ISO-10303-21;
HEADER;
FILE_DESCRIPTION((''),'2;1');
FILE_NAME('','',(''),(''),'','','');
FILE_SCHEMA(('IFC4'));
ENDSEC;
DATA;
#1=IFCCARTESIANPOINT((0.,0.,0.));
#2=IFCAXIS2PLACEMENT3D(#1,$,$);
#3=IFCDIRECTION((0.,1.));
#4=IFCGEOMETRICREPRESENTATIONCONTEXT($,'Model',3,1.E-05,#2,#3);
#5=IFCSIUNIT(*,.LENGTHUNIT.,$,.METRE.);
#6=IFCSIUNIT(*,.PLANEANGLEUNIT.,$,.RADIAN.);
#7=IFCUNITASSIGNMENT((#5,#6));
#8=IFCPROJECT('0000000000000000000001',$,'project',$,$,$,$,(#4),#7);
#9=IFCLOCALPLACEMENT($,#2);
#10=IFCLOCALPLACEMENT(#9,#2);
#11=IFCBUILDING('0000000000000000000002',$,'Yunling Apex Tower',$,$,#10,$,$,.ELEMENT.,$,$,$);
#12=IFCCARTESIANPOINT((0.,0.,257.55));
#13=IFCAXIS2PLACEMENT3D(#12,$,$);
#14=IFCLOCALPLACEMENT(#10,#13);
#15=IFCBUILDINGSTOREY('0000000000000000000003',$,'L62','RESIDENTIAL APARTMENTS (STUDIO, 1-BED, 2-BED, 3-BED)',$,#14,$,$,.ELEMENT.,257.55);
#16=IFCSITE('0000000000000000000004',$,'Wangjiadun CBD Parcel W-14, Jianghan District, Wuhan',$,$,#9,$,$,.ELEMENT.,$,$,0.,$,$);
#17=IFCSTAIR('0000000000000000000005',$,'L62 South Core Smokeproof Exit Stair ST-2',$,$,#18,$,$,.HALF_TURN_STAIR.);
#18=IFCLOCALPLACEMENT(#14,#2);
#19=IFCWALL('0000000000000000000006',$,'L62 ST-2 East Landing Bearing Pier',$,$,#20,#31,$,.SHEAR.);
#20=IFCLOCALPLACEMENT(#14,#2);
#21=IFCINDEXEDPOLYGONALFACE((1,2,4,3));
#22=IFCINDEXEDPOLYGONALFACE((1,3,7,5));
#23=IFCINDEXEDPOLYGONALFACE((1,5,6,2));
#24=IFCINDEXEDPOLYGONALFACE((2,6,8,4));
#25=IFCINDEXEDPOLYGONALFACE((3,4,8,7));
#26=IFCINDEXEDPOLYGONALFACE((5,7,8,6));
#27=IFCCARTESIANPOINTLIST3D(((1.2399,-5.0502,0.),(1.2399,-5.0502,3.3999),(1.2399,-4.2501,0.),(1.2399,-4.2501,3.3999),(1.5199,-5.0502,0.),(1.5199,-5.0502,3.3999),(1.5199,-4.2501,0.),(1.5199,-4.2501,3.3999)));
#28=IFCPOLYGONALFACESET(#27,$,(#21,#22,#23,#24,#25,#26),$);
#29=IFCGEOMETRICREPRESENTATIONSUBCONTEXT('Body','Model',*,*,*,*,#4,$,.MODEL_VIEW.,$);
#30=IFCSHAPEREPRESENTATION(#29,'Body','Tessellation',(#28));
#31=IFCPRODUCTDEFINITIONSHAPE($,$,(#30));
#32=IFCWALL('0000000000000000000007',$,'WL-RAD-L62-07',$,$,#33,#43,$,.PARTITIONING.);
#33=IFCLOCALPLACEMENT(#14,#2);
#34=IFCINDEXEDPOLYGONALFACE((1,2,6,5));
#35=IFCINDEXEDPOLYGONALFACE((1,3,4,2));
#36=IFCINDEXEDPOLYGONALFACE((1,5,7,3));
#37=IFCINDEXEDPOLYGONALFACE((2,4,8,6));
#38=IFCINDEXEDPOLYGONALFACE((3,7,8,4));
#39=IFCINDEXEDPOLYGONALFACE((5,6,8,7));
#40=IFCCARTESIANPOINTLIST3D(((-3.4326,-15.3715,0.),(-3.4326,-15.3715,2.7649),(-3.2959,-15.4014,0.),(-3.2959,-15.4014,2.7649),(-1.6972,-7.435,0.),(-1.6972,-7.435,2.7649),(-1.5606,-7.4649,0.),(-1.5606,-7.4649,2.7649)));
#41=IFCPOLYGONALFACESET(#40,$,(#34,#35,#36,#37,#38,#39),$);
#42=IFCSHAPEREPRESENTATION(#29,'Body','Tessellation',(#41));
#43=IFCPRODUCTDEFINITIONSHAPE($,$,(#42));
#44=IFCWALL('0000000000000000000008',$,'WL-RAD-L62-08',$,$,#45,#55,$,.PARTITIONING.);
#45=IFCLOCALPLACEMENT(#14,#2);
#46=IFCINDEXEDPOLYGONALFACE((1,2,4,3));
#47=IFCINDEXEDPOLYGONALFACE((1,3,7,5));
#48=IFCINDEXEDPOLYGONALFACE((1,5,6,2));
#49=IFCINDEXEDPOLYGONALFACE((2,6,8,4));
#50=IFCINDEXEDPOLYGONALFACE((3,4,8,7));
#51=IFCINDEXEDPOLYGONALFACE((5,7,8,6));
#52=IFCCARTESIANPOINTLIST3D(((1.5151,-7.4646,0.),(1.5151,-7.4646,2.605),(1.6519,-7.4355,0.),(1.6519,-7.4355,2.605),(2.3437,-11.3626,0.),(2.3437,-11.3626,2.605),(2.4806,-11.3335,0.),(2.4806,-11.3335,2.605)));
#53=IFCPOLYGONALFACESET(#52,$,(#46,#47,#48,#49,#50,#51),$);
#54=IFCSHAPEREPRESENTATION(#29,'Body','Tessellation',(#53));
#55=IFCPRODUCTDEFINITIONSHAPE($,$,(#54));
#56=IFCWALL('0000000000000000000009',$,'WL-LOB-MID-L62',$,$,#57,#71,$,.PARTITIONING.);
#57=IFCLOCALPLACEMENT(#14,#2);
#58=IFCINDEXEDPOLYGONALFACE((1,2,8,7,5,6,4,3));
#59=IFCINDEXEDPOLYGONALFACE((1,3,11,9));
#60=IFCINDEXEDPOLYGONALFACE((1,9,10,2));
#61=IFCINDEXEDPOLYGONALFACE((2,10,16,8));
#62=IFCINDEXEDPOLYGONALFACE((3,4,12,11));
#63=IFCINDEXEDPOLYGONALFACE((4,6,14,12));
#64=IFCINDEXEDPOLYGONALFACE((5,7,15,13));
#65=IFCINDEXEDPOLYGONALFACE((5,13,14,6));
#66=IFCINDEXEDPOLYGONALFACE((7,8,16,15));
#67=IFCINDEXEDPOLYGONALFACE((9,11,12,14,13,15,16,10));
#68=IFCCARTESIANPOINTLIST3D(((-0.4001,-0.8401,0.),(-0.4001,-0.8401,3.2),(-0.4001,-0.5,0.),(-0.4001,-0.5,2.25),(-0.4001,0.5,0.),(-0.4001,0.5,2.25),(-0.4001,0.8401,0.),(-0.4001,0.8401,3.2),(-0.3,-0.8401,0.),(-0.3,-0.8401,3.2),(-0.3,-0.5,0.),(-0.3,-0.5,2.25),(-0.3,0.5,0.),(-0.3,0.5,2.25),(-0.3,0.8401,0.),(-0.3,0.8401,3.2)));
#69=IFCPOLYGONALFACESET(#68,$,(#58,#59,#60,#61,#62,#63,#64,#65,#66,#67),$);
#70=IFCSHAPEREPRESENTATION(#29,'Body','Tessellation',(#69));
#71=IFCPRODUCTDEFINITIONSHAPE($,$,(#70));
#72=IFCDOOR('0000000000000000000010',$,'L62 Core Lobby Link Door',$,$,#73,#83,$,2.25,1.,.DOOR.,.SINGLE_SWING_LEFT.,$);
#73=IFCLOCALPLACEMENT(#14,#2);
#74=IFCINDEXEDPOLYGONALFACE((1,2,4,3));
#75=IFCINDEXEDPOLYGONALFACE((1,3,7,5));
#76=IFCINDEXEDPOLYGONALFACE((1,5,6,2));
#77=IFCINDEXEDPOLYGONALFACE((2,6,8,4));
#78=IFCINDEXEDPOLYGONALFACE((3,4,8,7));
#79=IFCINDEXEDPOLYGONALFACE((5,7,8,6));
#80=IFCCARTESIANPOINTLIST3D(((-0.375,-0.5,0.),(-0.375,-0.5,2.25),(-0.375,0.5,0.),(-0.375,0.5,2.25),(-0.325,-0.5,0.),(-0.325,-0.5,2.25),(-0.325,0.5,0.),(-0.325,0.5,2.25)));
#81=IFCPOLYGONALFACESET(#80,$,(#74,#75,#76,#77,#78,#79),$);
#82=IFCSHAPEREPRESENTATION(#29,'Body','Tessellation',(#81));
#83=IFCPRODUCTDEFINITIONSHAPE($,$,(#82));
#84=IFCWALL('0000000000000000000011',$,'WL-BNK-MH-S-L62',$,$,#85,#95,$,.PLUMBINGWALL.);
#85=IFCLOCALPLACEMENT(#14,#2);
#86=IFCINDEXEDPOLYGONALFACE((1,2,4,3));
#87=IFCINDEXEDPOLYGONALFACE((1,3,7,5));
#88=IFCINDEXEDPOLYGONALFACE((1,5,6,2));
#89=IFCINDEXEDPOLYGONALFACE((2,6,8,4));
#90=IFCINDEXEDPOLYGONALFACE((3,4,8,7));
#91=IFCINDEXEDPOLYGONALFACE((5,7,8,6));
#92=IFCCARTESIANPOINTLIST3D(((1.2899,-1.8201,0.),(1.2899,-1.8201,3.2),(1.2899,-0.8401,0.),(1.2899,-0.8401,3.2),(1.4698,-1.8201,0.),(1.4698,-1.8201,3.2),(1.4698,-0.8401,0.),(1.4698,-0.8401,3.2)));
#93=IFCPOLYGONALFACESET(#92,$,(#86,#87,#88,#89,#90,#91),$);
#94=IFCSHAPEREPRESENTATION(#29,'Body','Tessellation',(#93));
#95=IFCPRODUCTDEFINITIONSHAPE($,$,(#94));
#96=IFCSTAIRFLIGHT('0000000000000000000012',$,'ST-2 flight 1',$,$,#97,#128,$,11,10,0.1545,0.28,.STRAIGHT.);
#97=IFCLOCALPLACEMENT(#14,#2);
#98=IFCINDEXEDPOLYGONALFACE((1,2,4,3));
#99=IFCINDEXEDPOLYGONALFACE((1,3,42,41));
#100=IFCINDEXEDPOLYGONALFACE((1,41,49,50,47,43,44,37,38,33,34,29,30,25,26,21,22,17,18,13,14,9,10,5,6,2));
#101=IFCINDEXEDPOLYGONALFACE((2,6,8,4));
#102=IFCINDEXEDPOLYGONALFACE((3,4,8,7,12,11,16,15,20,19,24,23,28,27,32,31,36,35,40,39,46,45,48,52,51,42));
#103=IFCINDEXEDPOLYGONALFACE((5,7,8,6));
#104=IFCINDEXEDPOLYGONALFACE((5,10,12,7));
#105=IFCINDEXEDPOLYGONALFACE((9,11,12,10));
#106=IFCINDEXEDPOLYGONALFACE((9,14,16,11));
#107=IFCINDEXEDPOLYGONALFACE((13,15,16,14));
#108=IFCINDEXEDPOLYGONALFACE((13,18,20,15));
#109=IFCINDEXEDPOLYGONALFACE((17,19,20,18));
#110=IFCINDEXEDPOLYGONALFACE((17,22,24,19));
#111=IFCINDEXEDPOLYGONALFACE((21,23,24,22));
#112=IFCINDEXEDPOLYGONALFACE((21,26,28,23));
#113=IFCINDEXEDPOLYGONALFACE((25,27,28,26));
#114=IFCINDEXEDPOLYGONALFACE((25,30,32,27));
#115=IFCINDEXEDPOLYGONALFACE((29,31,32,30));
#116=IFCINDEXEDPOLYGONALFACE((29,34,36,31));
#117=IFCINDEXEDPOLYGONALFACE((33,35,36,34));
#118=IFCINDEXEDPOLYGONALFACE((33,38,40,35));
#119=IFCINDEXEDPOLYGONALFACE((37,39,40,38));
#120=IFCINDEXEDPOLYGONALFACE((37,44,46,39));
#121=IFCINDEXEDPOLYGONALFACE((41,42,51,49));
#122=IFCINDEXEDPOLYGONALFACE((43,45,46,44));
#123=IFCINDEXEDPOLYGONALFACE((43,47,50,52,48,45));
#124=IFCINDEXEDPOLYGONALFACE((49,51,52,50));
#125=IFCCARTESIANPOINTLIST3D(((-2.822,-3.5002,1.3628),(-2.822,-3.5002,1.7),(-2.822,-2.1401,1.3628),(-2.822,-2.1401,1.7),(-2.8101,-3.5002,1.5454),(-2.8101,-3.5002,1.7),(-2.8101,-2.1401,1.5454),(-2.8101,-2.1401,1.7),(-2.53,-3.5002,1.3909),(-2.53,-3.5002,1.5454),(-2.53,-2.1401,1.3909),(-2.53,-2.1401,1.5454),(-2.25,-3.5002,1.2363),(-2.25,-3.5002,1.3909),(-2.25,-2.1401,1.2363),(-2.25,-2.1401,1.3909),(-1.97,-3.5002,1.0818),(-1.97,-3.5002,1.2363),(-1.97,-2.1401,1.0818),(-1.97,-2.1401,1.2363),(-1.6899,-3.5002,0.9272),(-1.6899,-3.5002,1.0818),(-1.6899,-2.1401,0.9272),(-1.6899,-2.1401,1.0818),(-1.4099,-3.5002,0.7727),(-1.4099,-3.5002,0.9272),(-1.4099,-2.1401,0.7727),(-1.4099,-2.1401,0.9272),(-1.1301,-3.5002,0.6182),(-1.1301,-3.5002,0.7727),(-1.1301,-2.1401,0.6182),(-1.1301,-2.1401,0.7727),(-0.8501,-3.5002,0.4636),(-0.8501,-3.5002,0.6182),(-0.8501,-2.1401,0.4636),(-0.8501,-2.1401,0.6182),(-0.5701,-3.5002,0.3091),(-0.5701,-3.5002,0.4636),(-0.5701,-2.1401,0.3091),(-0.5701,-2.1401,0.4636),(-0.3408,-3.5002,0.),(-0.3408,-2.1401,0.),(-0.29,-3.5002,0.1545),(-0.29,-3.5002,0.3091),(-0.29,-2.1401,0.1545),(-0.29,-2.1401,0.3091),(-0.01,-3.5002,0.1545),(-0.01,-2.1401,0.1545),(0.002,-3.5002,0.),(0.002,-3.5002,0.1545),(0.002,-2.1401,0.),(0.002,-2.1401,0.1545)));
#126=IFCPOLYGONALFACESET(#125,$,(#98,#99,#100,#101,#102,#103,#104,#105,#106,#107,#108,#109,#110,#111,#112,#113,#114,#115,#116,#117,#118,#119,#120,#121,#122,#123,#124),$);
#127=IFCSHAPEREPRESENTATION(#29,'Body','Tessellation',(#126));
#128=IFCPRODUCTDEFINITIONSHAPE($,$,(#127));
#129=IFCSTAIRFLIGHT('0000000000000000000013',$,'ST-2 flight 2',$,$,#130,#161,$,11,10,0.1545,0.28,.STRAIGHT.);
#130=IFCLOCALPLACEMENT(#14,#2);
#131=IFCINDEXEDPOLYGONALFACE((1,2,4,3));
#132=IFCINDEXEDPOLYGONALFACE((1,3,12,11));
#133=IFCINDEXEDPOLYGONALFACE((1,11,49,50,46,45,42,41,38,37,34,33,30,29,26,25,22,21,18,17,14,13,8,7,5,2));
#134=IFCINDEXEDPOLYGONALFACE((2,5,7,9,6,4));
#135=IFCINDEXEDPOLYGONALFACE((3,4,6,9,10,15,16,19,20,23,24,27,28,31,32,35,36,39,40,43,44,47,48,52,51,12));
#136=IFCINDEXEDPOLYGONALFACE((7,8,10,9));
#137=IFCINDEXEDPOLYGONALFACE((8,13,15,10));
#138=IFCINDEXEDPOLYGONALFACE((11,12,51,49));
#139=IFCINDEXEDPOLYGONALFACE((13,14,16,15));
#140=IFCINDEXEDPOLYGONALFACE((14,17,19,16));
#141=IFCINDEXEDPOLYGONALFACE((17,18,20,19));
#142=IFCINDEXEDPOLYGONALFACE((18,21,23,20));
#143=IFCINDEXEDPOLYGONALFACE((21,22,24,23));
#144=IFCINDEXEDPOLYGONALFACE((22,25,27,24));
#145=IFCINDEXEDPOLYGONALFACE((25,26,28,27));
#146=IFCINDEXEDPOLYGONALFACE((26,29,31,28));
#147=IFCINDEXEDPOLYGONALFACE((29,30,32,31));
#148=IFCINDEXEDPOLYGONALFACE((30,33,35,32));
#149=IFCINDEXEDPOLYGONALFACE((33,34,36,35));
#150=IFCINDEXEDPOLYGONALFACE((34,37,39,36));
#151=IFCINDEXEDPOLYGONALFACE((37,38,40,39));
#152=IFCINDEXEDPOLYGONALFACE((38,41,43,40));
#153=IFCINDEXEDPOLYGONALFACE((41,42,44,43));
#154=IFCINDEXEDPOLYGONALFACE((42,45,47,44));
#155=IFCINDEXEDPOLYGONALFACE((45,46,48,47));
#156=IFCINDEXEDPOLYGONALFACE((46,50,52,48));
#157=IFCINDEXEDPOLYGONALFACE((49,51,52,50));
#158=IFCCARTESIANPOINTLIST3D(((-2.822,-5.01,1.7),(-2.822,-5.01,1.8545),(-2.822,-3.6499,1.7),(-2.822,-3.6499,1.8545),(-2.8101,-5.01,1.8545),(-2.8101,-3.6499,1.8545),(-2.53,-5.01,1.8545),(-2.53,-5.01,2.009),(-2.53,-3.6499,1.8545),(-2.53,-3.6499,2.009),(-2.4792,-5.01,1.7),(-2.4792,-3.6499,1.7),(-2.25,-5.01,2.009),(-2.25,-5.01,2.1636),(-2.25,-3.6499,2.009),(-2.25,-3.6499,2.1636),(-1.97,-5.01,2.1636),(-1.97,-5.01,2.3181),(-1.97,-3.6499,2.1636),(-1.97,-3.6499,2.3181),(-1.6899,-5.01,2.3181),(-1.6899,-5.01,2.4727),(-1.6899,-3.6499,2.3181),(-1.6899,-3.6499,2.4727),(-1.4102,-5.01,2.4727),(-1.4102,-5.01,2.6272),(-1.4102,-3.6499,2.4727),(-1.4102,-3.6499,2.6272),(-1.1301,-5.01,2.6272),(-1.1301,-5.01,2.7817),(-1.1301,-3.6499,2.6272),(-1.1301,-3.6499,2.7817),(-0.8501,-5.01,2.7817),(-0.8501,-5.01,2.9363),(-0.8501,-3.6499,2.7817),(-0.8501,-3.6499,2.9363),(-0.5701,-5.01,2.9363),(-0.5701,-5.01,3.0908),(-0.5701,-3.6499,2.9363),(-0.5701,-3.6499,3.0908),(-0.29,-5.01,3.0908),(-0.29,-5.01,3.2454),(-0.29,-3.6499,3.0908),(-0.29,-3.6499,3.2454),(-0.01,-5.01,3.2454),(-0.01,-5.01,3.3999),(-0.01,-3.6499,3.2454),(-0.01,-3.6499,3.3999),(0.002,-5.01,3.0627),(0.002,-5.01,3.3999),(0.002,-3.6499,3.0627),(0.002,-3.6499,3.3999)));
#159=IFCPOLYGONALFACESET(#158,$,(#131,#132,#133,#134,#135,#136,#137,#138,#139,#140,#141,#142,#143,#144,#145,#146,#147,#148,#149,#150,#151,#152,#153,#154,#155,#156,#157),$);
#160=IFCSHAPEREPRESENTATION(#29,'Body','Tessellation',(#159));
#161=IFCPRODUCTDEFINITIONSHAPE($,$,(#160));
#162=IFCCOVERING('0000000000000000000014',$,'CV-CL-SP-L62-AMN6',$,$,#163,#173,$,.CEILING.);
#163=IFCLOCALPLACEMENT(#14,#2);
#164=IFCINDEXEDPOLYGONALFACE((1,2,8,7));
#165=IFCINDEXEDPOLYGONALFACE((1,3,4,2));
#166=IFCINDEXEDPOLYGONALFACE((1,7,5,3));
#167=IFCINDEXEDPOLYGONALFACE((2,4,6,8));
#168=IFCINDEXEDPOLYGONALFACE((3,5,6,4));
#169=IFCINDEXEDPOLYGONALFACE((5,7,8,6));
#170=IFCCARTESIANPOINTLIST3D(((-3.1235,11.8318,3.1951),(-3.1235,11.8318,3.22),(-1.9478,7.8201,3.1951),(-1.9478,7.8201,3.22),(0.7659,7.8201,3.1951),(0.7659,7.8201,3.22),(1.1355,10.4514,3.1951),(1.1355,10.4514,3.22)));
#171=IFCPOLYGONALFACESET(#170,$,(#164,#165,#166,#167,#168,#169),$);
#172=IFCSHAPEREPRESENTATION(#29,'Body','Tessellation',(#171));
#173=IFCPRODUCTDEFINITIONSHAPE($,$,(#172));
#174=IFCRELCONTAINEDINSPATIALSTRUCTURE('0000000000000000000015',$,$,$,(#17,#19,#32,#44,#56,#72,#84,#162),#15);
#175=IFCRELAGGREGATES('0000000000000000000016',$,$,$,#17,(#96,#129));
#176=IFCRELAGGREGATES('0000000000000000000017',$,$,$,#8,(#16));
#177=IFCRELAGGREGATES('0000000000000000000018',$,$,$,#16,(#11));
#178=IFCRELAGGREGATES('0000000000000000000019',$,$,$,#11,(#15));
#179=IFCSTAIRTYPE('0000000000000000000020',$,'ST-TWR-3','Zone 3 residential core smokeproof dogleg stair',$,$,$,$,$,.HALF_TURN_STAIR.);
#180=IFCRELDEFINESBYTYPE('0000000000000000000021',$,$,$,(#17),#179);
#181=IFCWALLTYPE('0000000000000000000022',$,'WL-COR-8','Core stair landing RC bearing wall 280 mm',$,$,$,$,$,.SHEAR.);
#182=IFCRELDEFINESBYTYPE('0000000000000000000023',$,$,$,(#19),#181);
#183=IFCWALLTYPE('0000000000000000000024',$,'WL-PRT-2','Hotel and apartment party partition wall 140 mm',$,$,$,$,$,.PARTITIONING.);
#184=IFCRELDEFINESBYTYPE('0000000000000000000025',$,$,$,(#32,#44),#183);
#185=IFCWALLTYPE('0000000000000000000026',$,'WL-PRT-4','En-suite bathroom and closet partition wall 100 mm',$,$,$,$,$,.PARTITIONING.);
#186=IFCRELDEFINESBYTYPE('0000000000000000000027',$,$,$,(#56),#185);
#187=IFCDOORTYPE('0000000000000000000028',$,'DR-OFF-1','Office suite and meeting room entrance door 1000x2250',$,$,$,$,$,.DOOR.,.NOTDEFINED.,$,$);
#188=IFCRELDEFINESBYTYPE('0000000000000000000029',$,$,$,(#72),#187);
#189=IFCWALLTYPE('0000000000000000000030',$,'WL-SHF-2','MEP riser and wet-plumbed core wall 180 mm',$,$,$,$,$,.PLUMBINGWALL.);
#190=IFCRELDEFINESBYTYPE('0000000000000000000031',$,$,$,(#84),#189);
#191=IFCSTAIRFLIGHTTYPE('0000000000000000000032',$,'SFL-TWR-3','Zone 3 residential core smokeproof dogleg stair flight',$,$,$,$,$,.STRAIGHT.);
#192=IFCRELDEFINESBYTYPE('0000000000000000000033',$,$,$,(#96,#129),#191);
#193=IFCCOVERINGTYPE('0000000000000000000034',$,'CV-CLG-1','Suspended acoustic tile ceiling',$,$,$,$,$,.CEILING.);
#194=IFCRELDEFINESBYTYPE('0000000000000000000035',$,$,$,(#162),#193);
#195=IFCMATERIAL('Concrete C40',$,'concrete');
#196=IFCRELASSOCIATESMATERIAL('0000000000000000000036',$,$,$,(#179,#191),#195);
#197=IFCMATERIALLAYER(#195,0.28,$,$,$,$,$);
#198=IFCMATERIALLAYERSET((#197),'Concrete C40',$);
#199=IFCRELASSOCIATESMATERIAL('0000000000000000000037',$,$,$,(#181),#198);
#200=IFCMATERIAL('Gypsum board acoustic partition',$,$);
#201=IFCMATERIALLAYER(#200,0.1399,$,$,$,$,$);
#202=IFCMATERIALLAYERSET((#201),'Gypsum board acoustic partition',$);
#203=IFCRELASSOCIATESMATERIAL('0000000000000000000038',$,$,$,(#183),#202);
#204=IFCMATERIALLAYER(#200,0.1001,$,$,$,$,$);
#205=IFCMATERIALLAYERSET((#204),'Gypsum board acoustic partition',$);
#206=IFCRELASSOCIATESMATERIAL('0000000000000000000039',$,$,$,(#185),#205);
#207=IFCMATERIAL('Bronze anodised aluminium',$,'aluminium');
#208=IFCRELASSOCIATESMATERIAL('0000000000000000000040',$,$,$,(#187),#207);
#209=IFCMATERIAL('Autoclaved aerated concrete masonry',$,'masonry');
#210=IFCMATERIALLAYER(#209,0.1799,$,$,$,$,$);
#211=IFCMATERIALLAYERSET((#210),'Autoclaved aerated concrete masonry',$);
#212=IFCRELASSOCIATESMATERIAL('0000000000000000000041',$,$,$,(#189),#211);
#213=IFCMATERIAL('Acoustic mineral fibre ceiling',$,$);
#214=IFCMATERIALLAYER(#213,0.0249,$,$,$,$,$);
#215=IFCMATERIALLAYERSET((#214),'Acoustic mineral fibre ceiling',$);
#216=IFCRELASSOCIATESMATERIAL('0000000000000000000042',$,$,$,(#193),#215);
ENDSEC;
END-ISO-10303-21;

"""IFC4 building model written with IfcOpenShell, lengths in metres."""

from ifc_helpers import new_model, si_unit, direction, frame, frame_2d, origin, place, context, subcontext, project, spatial, polyline, rectangle, outline, extrude, material, layer, layer_set, type_object, element, fill, aggregate, save


model = new_model("IFC4")

# Units and contexts
model_context = context("Model", 3, precision=1e-05, world=origin(), true_north=direction((0.0, 1.0)))
body_context = subcontext(model_context, "Body", "Model", "MODEL_VIEW")
ifc_project = project(units=[si_unit("LENGTHUNIT", "METRE"), si_unit("PLANEANGLEUNIT", "RADIAN")], contexts=[model_context])

# Site, building, storey
site_placement = place(None, origin())
site = spatial("IfcSite", under=ifc_project, at=site_placement, Name="Wangjiadun CBD Parcel W-14, Jianghan District, Wuhan", CompositionType="ELEMENT", RefElevation=0.0)
building_placement = place(site_placement, origin())
building = spatial("IfcBuilding", under=site, at=building_placement, Name="Yunling Apex Tower", CompositionType="ELEMENT")
storey_placement = place(building_placement, frame((0.0, 0.0, 257.55)))
storey = spatial("IfcBuildingStorey", under=building, at=storey_placement, Name="L62", Description="RESIDENTIAL APARTMENTS (STUDIO, 1-BED, 2-BED, 3-BED)", CompositionType="ELEMENT", Elevation=257.55)

# Shared definitions
ifc_material_1 = material(Name="Bronze anodised aluminium", Category="aluminium")

# Shared definitions
ifc_material_2 = material(Name="Concrete C40", Category="concrete")

# Stair
stair_type = type_object("IfcStairType", Name="ST-TWR-3", Description="Zone 3 residential core smokeproof dogleg stair", PredefinedType="HALF_TURN_STAIR", material=ifc_material_2)
stair_1_placement = place(storey_placement, origin())
stair_1 = element("IfcStair", 1, at=stair_1_placement, inside=storey, type_object=stair_type, Name="L62 South Core Smokeproof Exit Stair ST-2", PredefinedType="HALF_TURN_STAIR")

# Walls
ifc_layer_1 = layer(ifc_material_2, 0.28)
ifc_layer_set_1 = layer_set([ifc_layer_1], Name="Concrete C40")
wall_type_1 = type_object("IfcWallType", Name="WL-COR-8", Description="Core stair landing RC bearing wall 280 mm", PredefinedType="SHEAR", material=ifc_layer_set_1)
wall_1_placement = place(storey_placement, frame((1.3799, -5.05, 0.0), z_axis=(0.0, 0.0, 1.0), x_axis=(0.0, 1.0, 0.0)))
element("IfcWall", 2, at=wall_1_placement, inside=storey, type_object=wall_type_1, Name="L62 ST-2 East Landing Bearing Pier", PredefinedType="SHEAR", context=body_context, shape_type="SweptSolid", body=[
    extrude(rectangle(XDim=0.8, YDim=0.28, at=frame_2d((0.3999, 0.0))), origin(), (0.0, 0.0, 1.0), 3.3999),
])
ifc_material_3 = material(Name="Gypsum board acoustic partition")
ifc_layer_2 = layer(ifc_material_3, 0.1399)
ifc_layer_set_2 = layer_set([ifc_layer_2], Name="Gypsum board acoustic partition")
wall_type_2 = type_object("IfcWallType", Name="WL-PRT-2", Description="Hotel and apartment party partition wall 140 mm", PredefinedType="PARTITIONING", material=ifc_layer_set_2)
wall_2_placement = place(storey_placement, frame((-1.6289, -7.45, 0.0), z_axis=(0.0, 0.0, 1.0), x_axis=(-0.213607, -0.97692, 0.0)))
element("IfcWall", 3, at=wall_2_placement, inside=storey, type_object=wall_type_2, Name="WL-RAD-L62-07", PredefinedType="PARTITIONING", context=body_context, shape_type="SweptSolid", body=[
    extrude(rectangle(XDim=8.124, YDim=0.1399, at=frame_2d((4.062, 0.0))), origin(), (0.0, 0.0, 1.0), 2.7649),
])
wall_3_placement = place(storey_placement, frame((1.5835, -7.45, 0.0), z_axis=(0.0, 0.0, 1.0), x_axis=(0.207931, -0.978144, 0.0)))
element("IfcWall", 4, at=wall_3_placement, inside=storey, type_object=wall_type_2, Name="WL-RAD-L62-08", PredefinedType="PARTITIONING", context=body_context, shape_type="SweptSolid", body=[
    extrude(rectangle(XDim=3.9851, YDim=0.1399, at=frame_2d((1.9927, 0.0))), origin(), (0.0, 0.0, 1.0), 2.605),
])

# Wall, opening, door
ifc_layer_3 = layer(ifc_material_3, 0.1001)
ifc_layer_set_3 = layer_set([ifc_layer_3], Name="Gypsum board acoustic partition")
wall_type_3 = type_object("IfcWallType", Name="WL-PRT-4", Description="En-suite bathroom and closet partition wall 100 mm", PredefinedType="PARTITIONING", material=ifc_layer_set_3)
wall_4_placement = place(storey_placement, frame((-0.3501, -0.8401, 0.0), z_axis=(0.0, 0.0, 1.0), x_axis=(0.0, 1.0, 0.0)))
wall_4 = element("IfcWall", 5, at=wall_4_placement, inside=storey, type_object=wall_type_3, Name="WL-LOB-MID-L62", PredefinedType="PARTITIONING", context=body_context, shape_type="SweptSolid", body=[
    extrude(rectangle(XDim=1.6802, YDim=0.1001, at=frame_2d((0.8401, 0.0))), origin(), (0.0, 0.0, 1.0), 3.2),
])
opening_1_placement = place(wall_4_placement, frame((0.3401, 0.0, 0.0)))
opening_1 = element("IfcOpeningElement", 6, at=opening_1_placement, cuts=wall_4, PredefinedType="OPENING", context=body_context, shape_type="SweptSolid", body=[
    extrude(rectangle(XDim=1.0, YDim=2.25, at=frame_2d((0.5, 1.125))), frame((0.0, 0.0601, 0.0), z_axis=(0.0, -1.0, 0.0), x_axis=(1.0, 0.0, 0.0)), (0.0, 0.0, 1.0), 0.1201),
])
door_type_1 = type_object("IfcDoorType", Name="DR-OFF-1", Description="Office suite and meeting room entrance door 1000x2250", OperationType="NOTDEFINED", PredefinedType="DOOR", material=ifc_material_1)
door_1_placement = place(opening_1_placement, origin())
door_1 = element("IfcDoor", 7, at=door_1_placement, inside=storey, type_object=door_type_1, Name="L62 Core Lobby Link Door", OperationType="SINGLE_SWING_LEFT", OverallHeight=2.25, OverallWidth=1.0, PredefinedType="DOOR", context=body_context, shape_type="SweptSolid", body=[
    extrude(rectangle(XDim=1.0, YDim=2.25, at=frame_2d((0.5, 1.125))), frame((0.0, 0.0249, 0.0), z_axis=(0.0, -1.0, 0.0), x_axis=(1.0, 0.0, 0.0)), (0.0, 0.0, 1.0), 0.05),
])
fill(opening_1, door_1)
ifc_material_4 = material(Name="Autoclaved aerated concrete masonry", Category="masonry")

# Wall
ifc_layer_4 = layer(ifc_material_4, 0.1799)
ifc_layer_set_4 = layer_set([ifc_layer_4], Name="Autoclaved aerated concrete masonry")
wall_type_4 = type_object("IfcWallType", Name="WL-SHF-2", Description="MEP riser and wet-plumbed core wall 180 mm", PredefinedType="PLUMBINGWALL", material=ifc_layer_set_4)
wall_5_placement = place(storey_placement, frame((1.3799, -1.8201, 0.0), z_axis=(0.0, 0.0, 1.0), x_axis=(0.0, 1.0, 0.0)))
element("IfcWall", 8, at=wall_5_placement, inside=storey, type_object=wall_type_4, Name="WL-BNK-MH-S-L62", PredefinedType="PLUMBINGWALL", context=body_context, shape_type="SweptSolid", body=[
    extrude(rectangle(XDim=0.98, YDim=0.1799, at=frame_2d((0.49, 0.0))), origin(), (0.0, 0.0, 1.0), 3.2),
])

# Stair flights
stair_flight_type = type_object("IfcStairFlightType", Name="SFL-TWR-3", Description="Zone 3 residential core smokeproof dogleg stair flight", PredefinedType="STRAIGHT", material=ifc_material_2)
stair_flight_1_placement = place(storey_placement, frame((-0.01, -2.8201, 0.0), z_axis=(0.0, 0.0, 1.0), x_axis=(-1.0, 0.0, 0.0)))
stair_flight_1 = element("IfcStairFlight", 9, at=stair_flight_1_placement, type_object=stair_flight_type, Name="ST-2 flight 1", NumberOfRisers=11, NumberOfTreads=10, PredefinedType="STRAIGHT", RiserHeight=0.1545, TreadLength=0.28, context=body_context, shape_type="SweptSolid", body=[
    extrude(outline(polyline([(-0.012, 0.0), (-0.012, 0.1545), (0.0, 0.1545), (0.28, 0.1545), (0.28, 0.3091), (0.5601, 0.3091), (0.5601, 0.4636), (0.8401, 0.4636), (0.8401, 0.6182), (1.1201, 0.6182), (1.1201, 0.7727), (1.3999, 0.7727), (1.3999, 0.9272), (1.6799, 0.9272), (1.6799, 1.0818), (1.96, 1.0818), (1.96, 1.2363), (2.24, 1.2363), (2.24, 1.3909), (2.52, 1.3909), (2.52, 1.5454), (2.8, 1.5454), (2.8, 1.7), (2.812, 1.7), (2.812, 1.3628), (0.3308, 0.0), (-0.012, 0.0)])), frame((0.0, 0.6802, 0.0), z_axis=(0.0, -1.0, 0.0), x_axis=(1.0, 0.0, 0.0)), (0.0, 0.0, 1.0), 1.3601),
])
stair_flight_2_placement = place(storey_placement, frame((-2.8101, -4.3301, 1.7), z_axis=(0.0, 0.0, 1.0), x_axis=(1.0, 0.0, 0.0)))
stair_flight_2 = element("IfcStairFlight", 10, at=stair_flight_2_placement, type_object=stair_flight_type, Name="ST-2 flight 2", NumberOfRisers=11, NumberOfTreads=10, PredefinedType="STRAIGHT", RiserHeight=0.1545, TreadLength=0.28, context=body_context, shape_type="SweptSolid", body=[
    extrude(outline(polyline([(-0.012, 0.0), (-0.012, 0.1545), (0.0, 0.1545), (0.28, 0.1545), (0.28, 0.3091), (0.5601, 0.3091), (0.5601, 0.4636), (0.8401, 0.4636), (0.8401, 0.6182), (1.1201, 0.6182), (1.1201, 0.7727), (1.3999, 0.7727), (1.3999, 0.9272), (1.6799, 0.9272), (1.6799, 1.0818), (1.96, 1.0818), (1.96, 1.2363), (2.24, 1.2363), (2.24, 1.3909), (2.52, 1.3909), (2.52, 1.5454), (2.8, 1.5454), (2.8, 1.7), (2.812, 1.7), (2.812, 1.3628), (0.3308, 0.0), (-0.012, 0.0)])), frame((0.0, 0.6802, 0.0), z_axis=(0.0, -1.0, 0.0), x_axis=(1.0, 0.0, 0.0)), (0.0, 0.0, 1.0), 1.3601),
])
aggregate(stair_1, [stair_flight_1, stair_flight_2])

# Covering
ifc_material_5 = material(Name="Acoustic mineral fibre ceiling")
ifc_layer_5 = layer(ifc_material_5, 0.0249)
ifc_layer_set_5 = layer_set([ifc_layer_5], Name="Acoustic mineral fibre ceiling")
covering_type_1 = type_object("IfcCoveringType", Name="CV-CLG-1", Description="Suspended acoustic tile ceiling", PredefinedType="CEILING", material=ifc_layer_set_5)
covering_1_placement = place(storey_placement, frame((0.0, 0.0, 3.1951)))
element("IfcCovering", 11, at=covering_1_placement, inside=storey, type_object=covering_type_1, Name="CV-CL-SP-L62-AMN6", PredefinedType="CEILING", context=body_context, shape_type="SweptSolid", body=[
    extrude(outline(polyline([(-3.1235, 11.8318), (1.1355, 10.4514), (0.7659, 7.8201), (-1.9478, 7.8201), (-3.1235, 11.8318)])), origin(), (0.0, 0.0, 1.0), 0.0249),
])

save(model, "model.ifc")
